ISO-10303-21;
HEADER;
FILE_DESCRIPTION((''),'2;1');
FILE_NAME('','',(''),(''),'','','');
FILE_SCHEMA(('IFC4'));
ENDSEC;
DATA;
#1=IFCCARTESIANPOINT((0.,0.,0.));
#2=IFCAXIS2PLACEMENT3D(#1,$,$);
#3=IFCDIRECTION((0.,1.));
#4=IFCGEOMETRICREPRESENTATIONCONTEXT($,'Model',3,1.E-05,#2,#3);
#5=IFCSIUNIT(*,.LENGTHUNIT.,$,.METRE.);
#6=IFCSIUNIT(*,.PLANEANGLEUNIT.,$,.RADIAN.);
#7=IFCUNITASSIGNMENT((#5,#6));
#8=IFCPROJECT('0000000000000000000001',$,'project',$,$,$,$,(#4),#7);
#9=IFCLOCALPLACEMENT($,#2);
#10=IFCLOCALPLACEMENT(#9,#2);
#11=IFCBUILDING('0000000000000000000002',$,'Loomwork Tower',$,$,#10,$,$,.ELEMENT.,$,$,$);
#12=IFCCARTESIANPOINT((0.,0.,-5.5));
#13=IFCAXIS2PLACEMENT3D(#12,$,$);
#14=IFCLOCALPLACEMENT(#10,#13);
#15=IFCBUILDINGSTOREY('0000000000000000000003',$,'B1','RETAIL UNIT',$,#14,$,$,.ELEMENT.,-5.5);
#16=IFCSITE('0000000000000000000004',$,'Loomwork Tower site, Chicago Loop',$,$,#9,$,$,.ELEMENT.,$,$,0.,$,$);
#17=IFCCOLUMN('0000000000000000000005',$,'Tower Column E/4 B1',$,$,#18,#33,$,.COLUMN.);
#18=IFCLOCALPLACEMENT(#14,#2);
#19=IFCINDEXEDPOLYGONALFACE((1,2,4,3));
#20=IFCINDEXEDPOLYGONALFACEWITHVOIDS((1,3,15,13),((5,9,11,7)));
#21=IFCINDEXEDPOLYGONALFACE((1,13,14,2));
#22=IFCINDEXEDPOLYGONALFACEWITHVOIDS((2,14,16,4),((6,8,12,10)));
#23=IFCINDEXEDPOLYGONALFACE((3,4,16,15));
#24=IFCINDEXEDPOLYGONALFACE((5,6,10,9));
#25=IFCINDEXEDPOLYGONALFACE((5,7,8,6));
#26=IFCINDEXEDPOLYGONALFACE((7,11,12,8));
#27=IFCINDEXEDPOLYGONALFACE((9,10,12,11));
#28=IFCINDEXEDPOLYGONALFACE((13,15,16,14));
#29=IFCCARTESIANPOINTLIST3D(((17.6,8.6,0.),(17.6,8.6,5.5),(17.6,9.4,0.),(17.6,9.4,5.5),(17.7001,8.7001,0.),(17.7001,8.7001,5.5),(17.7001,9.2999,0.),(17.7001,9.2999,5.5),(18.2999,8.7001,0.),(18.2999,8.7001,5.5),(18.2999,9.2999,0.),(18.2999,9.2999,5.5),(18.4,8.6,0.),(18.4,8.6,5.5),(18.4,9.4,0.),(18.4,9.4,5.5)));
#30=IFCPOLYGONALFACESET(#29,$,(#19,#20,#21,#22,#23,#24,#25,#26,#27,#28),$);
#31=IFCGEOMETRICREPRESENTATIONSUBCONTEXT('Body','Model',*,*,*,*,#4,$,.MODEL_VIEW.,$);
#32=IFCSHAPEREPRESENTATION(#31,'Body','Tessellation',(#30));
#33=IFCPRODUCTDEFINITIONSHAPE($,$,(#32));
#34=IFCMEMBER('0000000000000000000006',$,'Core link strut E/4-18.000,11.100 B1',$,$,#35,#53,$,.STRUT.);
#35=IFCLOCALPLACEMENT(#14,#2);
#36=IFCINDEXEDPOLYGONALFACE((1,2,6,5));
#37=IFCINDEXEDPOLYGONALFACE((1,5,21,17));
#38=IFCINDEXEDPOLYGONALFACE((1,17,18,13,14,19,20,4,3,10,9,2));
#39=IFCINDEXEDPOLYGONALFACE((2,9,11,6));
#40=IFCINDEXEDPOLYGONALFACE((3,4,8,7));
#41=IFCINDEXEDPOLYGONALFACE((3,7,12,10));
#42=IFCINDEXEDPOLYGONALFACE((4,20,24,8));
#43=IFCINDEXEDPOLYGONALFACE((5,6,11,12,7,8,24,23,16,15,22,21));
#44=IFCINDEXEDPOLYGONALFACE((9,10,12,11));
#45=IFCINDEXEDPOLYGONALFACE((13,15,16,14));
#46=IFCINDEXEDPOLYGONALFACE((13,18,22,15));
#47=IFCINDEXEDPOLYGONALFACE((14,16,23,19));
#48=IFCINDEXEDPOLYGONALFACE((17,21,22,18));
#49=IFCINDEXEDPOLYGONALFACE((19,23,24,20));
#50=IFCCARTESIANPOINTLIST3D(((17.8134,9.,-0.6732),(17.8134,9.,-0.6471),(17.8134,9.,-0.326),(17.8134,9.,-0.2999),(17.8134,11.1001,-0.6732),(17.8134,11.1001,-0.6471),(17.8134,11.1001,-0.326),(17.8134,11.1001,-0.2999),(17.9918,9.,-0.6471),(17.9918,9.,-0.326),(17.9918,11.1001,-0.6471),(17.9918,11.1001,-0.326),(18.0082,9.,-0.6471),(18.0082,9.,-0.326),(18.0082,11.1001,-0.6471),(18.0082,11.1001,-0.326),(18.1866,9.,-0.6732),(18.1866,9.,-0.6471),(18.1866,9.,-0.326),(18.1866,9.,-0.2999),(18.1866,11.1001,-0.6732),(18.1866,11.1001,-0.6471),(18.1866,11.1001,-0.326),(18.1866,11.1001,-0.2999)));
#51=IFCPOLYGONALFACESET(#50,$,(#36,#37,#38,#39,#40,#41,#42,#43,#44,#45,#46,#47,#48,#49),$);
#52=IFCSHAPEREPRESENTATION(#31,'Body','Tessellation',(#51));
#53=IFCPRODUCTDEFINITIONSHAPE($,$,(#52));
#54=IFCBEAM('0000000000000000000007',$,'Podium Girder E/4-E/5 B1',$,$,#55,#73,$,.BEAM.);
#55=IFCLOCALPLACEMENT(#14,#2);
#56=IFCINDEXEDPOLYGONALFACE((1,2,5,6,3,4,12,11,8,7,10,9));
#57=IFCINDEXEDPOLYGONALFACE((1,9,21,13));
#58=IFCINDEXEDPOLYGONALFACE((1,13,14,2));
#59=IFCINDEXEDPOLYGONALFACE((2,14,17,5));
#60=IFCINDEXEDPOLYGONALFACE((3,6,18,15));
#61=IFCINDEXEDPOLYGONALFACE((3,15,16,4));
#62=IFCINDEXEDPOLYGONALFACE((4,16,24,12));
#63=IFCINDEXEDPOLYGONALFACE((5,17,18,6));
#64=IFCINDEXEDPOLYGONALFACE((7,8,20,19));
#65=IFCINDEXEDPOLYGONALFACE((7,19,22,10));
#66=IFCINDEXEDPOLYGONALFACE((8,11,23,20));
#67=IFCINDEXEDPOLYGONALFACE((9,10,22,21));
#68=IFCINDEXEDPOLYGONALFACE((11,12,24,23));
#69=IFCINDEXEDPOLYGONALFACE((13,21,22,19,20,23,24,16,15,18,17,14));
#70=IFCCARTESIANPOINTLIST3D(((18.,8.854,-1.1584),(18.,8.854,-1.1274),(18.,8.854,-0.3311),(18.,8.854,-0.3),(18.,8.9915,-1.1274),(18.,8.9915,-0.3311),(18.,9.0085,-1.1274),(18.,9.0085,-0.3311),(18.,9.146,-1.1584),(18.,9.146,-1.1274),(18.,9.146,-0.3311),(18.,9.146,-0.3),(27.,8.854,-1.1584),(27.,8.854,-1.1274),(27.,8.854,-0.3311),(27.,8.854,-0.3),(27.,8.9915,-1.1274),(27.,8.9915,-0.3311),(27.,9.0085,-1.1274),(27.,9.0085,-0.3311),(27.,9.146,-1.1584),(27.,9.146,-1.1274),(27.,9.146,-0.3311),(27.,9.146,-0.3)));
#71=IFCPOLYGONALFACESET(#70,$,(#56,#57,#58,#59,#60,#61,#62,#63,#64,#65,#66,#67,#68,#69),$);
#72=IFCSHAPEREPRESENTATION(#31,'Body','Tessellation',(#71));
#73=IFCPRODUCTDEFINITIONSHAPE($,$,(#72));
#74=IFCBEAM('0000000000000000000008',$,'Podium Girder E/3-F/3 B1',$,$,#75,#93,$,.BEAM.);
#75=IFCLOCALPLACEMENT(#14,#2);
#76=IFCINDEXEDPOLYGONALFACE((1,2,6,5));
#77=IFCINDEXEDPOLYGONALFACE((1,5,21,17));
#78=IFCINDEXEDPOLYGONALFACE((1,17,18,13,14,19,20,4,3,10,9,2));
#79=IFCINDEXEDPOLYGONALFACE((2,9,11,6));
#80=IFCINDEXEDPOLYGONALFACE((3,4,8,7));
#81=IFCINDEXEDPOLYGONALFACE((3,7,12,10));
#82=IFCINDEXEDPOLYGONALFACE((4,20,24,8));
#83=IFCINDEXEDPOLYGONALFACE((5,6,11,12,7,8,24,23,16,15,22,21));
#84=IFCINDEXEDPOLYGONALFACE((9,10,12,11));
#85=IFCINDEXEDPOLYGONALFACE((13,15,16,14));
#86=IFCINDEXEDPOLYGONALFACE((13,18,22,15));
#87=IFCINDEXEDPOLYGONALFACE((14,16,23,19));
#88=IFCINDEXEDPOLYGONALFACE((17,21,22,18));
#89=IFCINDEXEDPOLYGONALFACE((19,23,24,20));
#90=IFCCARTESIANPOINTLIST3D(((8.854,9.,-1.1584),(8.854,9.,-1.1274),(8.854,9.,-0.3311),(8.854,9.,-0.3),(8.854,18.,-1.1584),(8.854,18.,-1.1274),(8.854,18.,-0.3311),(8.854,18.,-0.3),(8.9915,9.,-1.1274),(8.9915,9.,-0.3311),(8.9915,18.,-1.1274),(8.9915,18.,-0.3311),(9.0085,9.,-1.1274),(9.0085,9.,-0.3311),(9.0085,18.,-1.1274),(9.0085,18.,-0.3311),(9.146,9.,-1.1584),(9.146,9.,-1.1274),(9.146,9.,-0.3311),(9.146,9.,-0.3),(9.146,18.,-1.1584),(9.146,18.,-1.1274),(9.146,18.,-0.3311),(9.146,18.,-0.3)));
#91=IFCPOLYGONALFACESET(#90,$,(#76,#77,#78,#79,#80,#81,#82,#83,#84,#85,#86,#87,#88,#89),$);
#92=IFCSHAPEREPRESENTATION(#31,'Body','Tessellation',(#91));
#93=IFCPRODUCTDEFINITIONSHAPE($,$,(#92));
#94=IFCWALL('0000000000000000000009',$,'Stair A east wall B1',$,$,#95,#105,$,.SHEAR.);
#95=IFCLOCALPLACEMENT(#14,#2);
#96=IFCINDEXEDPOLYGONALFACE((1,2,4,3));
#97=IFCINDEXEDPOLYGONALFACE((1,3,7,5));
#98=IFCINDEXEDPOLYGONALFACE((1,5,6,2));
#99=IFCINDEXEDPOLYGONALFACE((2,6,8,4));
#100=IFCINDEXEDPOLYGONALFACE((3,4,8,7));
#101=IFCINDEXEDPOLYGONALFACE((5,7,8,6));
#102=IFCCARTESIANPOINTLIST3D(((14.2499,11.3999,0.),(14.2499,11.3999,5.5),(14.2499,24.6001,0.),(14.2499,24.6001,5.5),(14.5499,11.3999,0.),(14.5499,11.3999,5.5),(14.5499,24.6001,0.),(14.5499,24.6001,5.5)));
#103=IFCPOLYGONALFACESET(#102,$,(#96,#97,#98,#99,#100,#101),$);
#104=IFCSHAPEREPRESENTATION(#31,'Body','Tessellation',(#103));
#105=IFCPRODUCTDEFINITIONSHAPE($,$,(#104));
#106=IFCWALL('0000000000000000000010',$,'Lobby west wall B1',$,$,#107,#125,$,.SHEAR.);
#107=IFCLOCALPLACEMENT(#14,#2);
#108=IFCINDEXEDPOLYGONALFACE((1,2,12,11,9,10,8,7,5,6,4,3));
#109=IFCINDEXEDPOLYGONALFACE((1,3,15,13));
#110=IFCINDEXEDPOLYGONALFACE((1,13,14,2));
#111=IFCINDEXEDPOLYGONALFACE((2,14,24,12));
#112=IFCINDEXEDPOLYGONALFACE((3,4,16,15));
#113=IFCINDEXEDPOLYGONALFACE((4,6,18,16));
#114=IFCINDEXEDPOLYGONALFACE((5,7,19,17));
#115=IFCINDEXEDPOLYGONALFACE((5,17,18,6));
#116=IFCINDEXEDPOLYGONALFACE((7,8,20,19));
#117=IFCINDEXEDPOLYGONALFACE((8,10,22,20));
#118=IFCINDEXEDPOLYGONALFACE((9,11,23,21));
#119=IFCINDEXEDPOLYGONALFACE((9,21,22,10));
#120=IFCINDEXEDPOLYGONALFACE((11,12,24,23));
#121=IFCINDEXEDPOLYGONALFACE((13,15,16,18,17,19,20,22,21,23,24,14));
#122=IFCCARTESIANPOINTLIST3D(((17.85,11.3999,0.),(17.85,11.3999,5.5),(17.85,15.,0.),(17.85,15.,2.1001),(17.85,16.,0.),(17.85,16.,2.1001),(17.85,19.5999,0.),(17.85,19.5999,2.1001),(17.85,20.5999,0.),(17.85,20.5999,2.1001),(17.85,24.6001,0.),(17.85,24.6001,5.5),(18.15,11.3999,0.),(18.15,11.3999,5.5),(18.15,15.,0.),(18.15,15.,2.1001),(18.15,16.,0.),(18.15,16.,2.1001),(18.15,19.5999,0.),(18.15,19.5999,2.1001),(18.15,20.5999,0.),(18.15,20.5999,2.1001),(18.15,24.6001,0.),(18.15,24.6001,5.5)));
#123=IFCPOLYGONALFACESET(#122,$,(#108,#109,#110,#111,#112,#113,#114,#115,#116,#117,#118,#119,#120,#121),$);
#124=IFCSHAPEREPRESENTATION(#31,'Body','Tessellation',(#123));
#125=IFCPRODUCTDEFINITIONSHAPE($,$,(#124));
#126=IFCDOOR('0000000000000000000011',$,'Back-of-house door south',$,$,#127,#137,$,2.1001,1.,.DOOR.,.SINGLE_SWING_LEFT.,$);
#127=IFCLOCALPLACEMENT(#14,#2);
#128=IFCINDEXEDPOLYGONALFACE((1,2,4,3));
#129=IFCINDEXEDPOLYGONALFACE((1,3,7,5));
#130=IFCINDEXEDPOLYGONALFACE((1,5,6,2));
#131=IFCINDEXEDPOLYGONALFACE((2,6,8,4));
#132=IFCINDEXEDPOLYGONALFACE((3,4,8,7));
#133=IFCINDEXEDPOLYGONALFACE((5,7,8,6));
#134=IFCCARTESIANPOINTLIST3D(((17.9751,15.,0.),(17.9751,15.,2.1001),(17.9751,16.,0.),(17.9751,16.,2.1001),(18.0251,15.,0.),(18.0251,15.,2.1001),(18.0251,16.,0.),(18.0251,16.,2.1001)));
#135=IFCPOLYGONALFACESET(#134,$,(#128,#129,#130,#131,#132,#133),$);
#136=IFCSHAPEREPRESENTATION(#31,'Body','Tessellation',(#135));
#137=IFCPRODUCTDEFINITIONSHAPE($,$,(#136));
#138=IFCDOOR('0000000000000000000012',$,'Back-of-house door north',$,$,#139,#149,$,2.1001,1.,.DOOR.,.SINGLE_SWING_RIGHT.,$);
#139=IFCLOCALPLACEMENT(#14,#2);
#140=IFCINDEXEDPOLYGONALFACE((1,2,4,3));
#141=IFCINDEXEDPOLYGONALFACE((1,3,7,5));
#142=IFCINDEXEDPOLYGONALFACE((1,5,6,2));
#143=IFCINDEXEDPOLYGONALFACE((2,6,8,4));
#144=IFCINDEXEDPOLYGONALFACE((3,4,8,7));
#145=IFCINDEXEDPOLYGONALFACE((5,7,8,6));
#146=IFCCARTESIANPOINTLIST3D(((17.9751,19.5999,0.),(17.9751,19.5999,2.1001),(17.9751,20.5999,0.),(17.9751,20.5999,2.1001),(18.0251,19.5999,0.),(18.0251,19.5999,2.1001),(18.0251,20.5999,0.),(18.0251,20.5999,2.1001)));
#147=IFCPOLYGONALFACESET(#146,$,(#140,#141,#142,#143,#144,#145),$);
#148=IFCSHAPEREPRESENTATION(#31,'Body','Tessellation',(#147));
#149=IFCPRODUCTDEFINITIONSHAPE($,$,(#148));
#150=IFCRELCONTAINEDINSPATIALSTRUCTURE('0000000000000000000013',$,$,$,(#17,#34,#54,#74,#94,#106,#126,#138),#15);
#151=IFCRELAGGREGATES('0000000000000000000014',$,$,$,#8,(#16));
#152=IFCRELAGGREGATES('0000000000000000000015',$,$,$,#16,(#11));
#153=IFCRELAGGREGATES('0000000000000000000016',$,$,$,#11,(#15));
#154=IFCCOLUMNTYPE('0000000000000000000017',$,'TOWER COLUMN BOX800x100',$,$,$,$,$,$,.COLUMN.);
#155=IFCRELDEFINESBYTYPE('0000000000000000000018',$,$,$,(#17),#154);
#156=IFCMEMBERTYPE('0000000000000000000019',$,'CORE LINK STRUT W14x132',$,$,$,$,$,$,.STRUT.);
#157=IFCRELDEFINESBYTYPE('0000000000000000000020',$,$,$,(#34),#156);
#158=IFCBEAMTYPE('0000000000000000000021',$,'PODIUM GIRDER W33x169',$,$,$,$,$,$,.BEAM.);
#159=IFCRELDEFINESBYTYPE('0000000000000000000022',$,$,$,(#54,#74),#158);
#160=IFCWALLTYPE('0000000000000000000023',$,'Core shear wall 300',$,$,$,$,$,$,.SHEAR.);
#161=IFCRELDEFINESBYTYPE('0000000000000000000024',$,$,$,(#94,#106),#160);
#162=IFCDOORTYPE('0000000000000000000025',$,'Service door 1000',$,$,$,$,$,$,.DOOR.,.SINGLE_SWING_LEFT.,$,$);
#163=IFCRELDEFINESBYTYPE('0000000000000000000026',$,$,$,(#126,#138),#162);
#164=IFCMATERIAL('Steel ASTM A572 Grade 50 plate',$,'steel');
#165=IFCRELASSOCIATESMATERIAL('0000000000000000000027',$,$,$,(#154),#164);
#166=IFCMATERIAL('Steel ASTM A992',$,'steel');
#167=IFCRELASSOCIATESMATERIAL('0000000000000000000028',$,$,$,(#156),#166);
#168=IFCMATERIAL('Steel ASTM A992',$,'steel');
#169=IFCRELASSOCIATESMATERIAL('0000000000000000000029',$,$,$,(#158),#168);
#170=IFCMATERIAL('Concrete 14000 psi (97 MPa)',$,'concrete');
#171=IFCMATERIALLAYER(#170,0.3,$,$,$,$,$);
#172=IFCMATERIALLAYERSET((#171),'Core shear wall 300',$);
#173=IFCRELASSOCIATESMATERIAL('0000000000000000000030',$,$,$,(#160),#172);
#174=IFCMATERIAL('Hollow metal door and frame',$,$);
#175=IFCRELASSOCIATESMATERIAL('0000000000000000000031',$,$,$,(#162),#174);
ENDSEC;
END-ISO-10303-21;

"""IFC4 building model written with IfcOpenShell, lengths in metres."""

from ifc_helpers import new_model, si_unit, direction, frame, frame_2d, origin, origin_2d, place, context, subcontext, project, spatial, rectangle, hollow_rectangle, i_section, extrude, material, layer, layer_set, material_profile, profile_set, type_object, element, fill, save


model = new_model("IFC4")

# Units and contexts
model_context = context("Model", 3, precision=1e-05, world=origin(), true_north=direction((0.0, 1.0)))
body_context = subcontext(model_context, "Body", "Model", "MODEL_VIEW")
ifc_project = project(units=[si_unit("LENGTHUNIT", "METRE"), si_unit("PLANEANGLEUNIT", "RADIAN")], contexts=[model_context])

# Site, building, storey
site_placement = place(None, origin())
site = spatial("IfcSite", under=ifc_project, at=site_placement, Name="Loomwork Tower site, Chicago Loop", CompositionType="ELEMENT", RefElevation=0.0)
building_placement = place(site_placement, origin())
building = spatial("IfcBuilding", under=site, at=building_placement, Name="Loomwork Tower", CompositionType="ELEMENT")
storey_placement = place(building_placement, frame((0.0, 0.0, -5.5)))
storey = spatial("IfcBuildingStorey", under=building, at=storey_placement, Name="B1", Description="RETAIL UNIT", CompositionType="ELEMENT", Elevation=-5.5)

# Column
ifc_material_1 = material(Name="Steel ASTM A572 Grade 50 plate", Category="steel")
ifc_material_profile_1 = material_profile(ifc_material_1, hollow_rectangle(XDim=0.8, YDim=0.8, WallThickness=0.1001, at=origin_2d()), Name="BOX800x100")
ifc_profile_set_1 = profile_set([ifc_material_profile_1], Name="Steel ASTM A572 Grade 50 plate")
column_type = type_object("IfcColumnType", Name="TOWER COLUMN BOX800x100", PredefinedType="COLUMN", material=ifc_profile_set_1)
column_placement = place(storey_placement, frame((18.0, 9.0, 0.0), z_axis=(0.0, 0.0, 1.0), x_axis=(1.0, 0.0, 0.0)))
element("IfcColumn", 1, at=column_placement, inside=storey, type_object=column_type, Name="Tower Column E/4 B1", PredefinedType="COLUMN", context=body_context, shape_type="SweptSolid", body=[
    extrude(hollow_rectangle(XDim=0.8, YDim=0.8, WallThickness=0.1001, at=origin_2d()), origin(), (0.0, 0.0, 1.0), 5.5),
])

# Member
ifc_material_2 = material(Name="Steel ASTM A992", Category="steel")
ifc_material_profile_2 = material_profile(ifc_material_2, i_section(OverallWidth=0.3733, OverallDepth=0.3733, WebThickness=0.0164, FlangeThickness=0.0261, at=origin_2d()), Name="W14x132")
ifc_profile_set_2 = profile_set([ifc_material_profile_2], Name="Steel ASTM A992")
member_type = type_object("IfcMemberType", Name="CORE LINK STRUT W14x132", PredefinedType="STRUT", material=ifc_profile_set_2)
member_placement = place(storey_placement, frame((18.0, 9.0, -0.4866), z_axis=(0.0, 1.0, 0.0), x_axis=(-1.0, 0.0, 0.0)))
element("IfcMember", 2, at=member_placement, inside=storey, type_object=member_type, Name="Core link strut E/4-18.000,11.100 B1", PredefinedType="STRUT", context=body_context, shape_type="SweptSolid", body=[
    extrude(i_section(OverallWidth=0.3733, OverallDepth=0.3733, WebThickness=0.0164, FlangeThickness=0.0261, at=origin_2d()), origin(), (0.0, 0.0, 1.0), 2.1001),
])

# Beams
ifc_material_3 = material(Name="Steel ASTM A992", Category="steel")
ifc_material_profile_3 = material_profile(ifc_material_3, i_section(OverallWidth=0.292, OverallDepth=0.8584, WebThickness=0.0171, FlangeThickness=0.031, at=origin_2d()), Name="W33x169")
ifc_profile_set_3 = profile_set([ifc_material_profile_3], Name="Steel ASTM A992")
beam_type = type_object("IfcBeamType", Name="PODIUM GIRDER W33x169", PredefinedType="BEAM", material=ifc_profile_set_3)
for number, where, z_axis, x_axis, name in (
    (3, (18.0, 9.0, -0.7292), (1.0, 0.0, 0.0), (0.0, 1.0, 0.0), "Podium Girder E/4-E/5 B1"),
    (4, (9.0, 9.0, -0.7292), (0.0, 1.0, 0.0), (-1.0, 0.0, 0.0), "Podium Girder E/3-F/3 B1"),
):
    element("IfcBeam", number, at=place(storey_placement, frame(where, z_axis=z_axis, x_axis=x_axis)), inside=storey, type_object=beam_type, Name=name, PredefinedType="BEAM", context=body_context, shape_type="SweptSolid", body=[
        extrude(i_section(OverallWidth=0.292, OverallDepth=0.8584, WebThickness=0.0171, FlangeThickness=0.031, at=origin_2d()), origin(), (0.0, 0.0, 1.0), 9.0),
    ])

# Wall
ifc_material_4 = material(Name="Concrete 14000 psi (97 MPa)", Category="concrete")
ifc_layer_1 = layer(ifc_material_4, 0.3)
ifc_layer_set_1 = layer_set([ifc_layer_1], Name="Core shear wall 300")
wall_type_1 = type_object("IfcWallType", Name="Core shear wall 300", PredefinedType="SHEAR", material=ifc_layer_set_1)
wall_1_placement = place(storey_placement, frame((14.3999, 11.3999, 0.0), z_axis=(0.0, 0.0, 1.0), x_axis=(0.0, 1.0, 0.0)))
element("IfcWall", 5, at=wall_1_placement, inside=storey, type_object=wall_type_1, Name="Stair A east wall B1", PredefinedType="SHEAR", context=body_context, shape_type="SweptSolid", body=[
    extrude(rectangle(XDim=13.2002, YDim=0.3, at=frame_2d((6.6001, 0.0))), origin(), (0.0, 0.0, 1.0), 5.5),
])

# Wall, openings, doors
wall_2_placement = place(storey_placement, frame((18.0, 11.3999, 0.0), z_axis=(0.0, 0.0, 1.0), x_axis=(0.0, 1.0, 0.0)))
wall_2 = element("IfcWall", 6, at=wall_2_placement, inside=storey, type_object=wall_type_1, Name="Lobby west wall B1", PredefinedType="SHEAR", context=body_context, shape_type="SweptSolid", body=[
    extrude(rectangle(XDim=13.2002, YDim=0.3, at=frame_2d((6.6001, 0.0))), origin(), (0.0, 0.0, 1.0), 5.5),
])
opening_1_placement = place(wall_2_placement, frame((3.6001, 0.0, 0.0)))
opening_1 = element("IfcOpeningElement", 7, at=opening_1_placement, cuts=wall_2, PredefinedType="OPENING", context=body_context, shape_type="SweptSolid", body=[
    extrude(rectangle(XDim=1.0, YDim=2.1001, at=frame_2d((0.5, 1.05))), frame((0.0, 0.1599, 0.0), z_axis=(0.0, -1.0, 0.0), x_axis=(1.0, 0.0, 0.0)), (0.0, 0.0, 1.0), 0.3201),
])
opening_2_placement = place(wall_2_placement, frame((8.2, 0.0, 0.0)))
opening_2 = element("IfcOpeningElement", 8, at=opening_2_placement, cuts=wall_2, PredefinedType="OPENING", context=body_context, shape_type="SweptSolid", body=[
    extrude(rectangle(XDim=1.0, YDim=2.1001, at=frame_2d((0.5, 1.05))), frame((0.0, 0.1599, 0.0), z_axis=(0.0, -1.0, 0.0), x_axis=(1.0, 0.0, 0.0)), (0.0, 0.0, 1.0), 0.3201),
])
ifc_material_5 = material(Name="Hollow metal door and frame")
door_type_1 = type_object("IfcDoorType", Name="Service door 1000", OperationType="SINGLE_SWING_LEFT", PredefinedType="DOOR", material=ifc_material_5)
door_1_placement = place(opening_1_placement, origin())
door_1 = element("IfcDoor", 9, at=door_1_placement, inside=storey, type_object=door_type_1, Name="Back-of-house door south", OperationType="SINGLE_SWING_LEFT", OverallHeight=2.1001, OverallWidth=1.0, PredefinedType="DOOR", context=body_context, shape_type="SweptSolid", body=[
    extrude(rectangle(XDim=1.0, YDim=2.1001, at=frame_2d((0.5, 1.05))), frame((0.0, 0.0249, 0.0), z_axis=(0.0, -1.0, 0.0), x_axis=(1.0, 0.0, 0.0)), (0.0, 0.0, 1.0), 0.05),
])
fill(opening_1, door_1)
door_2_placement = place(opening_2_placement, origin())
door_2 = element("IfcDoor", 10, at=door_2_placement, inside=storey, type_object=door_type_1, Name="Back-of-house door north", OperationType="SINGLE_SWING_RIGHT", OverallHeight=2.1001, OverallWidth=1.0, PredefinedType="DOOR", context=body_context, shape_type="SweptSolid", body=[
    extrude(rectangle(XDim=1.0, YDim=2.1001, at=frame_2d((0.5, 1.05))), frame((0.0, 0.0249, 0.0), z_axis=(0.0, -1.0, 0.0), x_axis=(1.0, 0.0, 0.0)), (0.0, 0.0, 1.0), 0.05),
])
fill(opening_2, door_2)

save(model, "model.ifc")
